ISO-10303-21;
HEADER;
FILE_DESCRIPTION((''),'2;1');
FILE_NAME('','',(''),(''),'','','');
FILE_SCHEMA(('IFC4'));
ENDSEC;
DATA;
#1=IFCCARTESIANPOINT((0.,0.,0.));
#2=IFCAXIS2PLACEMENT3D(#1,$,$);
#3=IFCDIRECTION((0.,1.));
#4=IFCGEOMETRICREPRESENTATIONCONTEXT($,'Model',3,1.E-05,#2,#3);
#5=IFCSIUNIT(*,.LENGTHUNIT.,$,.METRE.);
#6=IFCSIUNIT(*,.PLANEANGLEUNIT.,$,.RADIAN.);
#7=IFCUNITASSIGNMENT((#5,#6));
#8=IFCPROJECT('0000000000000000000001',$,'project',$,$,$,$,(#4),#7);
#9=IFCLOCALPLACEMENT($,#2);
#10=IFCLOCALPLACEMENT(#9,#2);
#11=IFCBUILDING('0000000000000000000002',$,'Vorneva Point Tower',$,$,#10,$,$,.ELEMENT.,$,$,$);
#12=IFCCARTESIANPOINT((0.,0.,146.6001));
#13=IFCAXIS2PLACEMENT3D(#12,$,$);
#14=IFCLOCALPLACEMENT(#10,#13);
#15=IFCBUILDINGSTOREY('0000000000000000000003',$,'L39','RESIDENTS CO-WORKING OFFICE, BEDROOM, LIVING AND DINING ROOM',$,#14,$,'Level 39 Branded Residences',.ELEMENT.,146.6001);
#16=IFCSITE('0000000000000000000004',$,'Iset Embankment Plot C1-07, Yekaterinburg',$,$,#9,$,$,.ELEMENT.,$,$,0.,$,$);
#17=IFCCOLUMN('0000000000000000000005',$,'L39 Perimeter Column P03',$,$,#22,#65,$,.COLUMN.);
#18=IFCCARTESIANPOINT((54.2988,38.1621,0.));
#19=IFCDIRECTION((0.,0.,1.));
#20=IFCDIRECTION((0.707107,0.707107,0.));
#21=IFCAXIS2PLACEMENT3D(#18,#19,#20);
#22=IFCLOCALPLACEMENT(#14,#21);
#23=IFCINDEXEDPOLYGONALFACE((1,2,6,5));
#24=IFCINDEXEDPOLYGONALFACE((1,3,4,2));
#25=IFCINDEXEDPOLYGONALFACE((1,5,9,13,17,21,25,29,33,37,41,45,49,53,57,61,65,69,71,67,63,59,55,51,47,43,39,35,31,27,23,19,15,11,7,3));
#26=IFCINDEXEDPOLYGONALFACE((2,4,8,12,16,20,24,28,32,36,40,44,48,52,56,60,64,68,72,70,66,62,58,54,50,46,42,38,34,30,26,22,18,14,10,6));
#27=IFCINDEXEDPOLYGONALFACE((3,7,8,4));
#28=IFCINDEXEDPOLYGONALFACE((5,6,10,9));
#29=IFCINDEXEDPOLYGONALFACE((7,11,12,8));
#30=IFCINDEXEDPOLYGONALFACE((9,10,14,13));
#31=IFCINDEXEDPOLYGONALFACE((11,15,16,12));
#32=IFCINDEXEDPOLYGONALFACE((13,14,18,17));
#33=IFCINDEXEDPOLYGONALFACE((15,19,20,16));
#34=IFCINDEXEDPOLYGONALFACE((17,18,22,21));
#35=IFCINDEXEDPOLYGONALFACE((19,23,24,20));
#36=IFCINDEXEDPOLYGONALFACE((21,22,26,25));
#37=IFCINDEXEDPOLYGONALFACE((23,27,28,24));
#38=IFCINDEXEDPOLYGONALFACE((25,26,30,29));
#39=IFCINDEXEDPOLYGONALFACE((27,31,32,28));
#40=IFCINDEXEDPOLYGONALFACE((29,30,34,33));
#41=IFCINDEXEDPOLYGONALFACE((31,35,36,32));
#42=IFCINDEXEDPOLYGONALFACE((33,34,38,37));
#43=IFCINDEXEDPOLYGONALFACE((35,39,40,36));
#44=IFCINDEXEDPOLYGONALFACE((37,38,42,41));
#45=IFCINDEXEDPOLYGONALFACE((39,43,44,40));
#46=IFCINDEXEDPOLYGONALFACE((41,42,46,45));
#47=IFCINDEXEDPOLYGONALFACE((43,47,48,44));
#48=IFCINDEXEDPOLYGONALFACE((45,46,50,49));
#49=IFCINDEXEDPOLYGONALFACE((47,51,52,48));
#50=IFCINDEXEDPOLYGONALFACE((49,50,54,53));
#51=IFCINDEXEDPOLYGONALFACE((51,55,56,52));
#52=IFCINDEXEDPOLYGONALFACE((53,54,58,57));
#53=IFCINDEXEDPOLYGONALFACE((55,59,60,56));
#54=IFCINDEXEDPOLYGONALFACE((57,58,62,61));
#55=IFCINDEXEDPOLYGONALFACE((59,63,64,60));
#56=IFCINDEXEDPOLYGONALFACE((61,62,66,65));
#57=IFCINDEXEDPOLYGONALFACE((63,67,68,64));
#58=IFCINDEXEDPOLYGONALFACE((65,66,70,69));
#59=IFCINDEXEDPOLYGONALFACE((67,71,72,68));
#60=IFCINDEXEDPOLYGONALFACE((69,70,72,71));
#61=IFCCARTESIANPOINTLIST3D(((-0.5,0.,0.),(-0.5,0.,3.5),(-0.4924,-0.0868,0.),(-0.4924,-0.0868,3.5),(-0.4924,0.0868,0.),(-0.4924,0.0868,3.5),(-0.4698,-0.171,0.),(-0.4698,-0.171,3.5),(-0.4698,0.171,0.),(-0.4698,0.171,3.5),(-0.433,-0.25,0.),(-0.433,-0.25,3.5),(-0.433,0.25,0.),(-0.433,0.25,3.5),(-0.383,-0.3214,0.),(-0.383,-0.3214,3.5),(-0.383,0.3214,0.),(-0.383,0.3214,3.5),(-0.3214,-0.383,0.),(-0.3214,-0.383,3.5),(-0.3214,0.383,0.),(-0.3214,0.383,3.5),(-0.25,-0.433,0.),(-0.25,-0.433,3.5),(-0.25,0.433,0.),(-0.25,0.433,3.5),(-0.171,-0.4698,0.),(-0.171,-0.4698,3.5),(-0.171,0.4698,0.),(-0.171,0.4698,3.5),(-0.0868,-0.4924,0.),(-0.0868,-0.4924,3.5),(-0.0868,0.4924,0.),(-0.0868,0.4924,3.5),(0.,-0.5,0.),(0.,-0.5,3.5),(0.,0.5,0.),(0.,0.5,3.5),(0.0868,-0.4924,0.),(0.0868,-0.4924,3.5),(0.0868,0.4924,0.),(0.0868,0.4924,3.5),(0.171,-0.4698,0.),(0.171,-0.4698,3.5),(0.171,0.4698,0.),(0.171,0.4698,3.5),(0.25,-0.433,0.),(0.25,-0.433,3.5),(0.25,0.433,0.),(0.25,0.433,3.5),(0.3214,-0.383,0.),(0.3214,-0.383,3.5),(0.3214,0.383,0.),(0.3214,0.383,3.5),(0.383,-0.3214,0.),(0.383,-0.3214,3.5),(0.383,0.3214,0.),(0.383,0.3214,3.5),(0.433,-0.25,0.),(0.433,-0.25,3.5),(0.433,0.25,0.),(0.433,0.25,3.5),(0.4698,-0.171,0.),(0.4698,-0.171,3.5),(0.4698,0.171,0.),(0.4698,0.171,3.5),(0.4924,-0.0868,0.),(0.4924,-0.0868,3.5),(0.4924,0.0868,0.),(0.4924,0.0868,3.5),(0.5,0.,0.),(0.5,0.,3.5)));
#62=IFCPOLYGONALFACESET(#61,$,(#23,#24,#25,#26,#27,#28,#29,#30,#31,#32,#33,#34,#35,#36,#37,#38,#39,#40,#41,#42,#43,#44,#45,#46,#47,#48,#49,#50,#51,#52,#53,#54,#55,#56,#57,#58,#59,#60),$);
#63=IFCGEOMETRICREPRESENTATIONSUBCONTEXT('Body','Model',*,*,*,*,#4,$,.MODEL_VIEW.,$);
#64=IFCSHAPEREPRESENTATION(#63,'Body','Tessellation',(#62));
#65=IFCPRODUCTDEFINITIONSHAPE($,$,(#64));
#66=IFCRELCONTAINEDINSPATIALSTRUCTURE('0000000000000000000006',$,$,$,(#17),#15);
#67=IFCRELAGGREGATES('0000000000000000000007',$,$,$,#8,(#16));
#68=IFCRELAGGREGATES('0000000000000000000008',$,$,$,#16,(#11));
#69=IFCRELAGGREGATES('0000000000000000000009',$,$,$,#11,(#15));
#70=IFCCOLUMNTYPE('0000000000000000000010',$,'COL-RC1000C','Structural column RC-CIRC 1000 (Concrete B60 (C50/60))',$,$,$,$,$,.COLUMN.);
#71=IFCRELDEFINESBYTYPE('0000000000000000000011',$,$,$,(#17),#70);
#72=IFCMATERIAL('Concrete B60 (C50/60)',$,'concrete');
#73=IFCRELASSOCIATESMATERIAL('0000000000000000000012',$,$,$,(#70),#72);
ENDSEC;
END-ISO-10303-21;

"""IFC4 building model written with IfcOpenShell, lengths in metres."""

from ifc_helpers import new_model, si_unit, direction, frame, origin, origin_2d, place, context, subcontext, project, spatial, circle, extrude, material, material_profile, profile_set, type_object, element, save


model = new_model("IFC4")

# Units and contexts
model_context = context("Model", 3, precision=1e-05, world=origin(), true_north=direction((0.0, 1.0)))
body_context = subcontext(model_context, "Body", "Model", "MODEL_VIEW")
ifc_project = project(units=[si_unit("LENGTHUNIT", "METRE"), si_unit("PLANEANGLEUNIT", "RADIAN")], contexts=[model_context])

# Site, building, storey
site_placement = place(None, origin())
site = spatial("IfcSite", under=ifc_project, at=site_placement, Name="Iset Embankment Plot C1-07, Yekaterinburg", CompositionType="ELEMENT", RefElevation=0.0)
building_placement = place(site_placement, origin())
building = spatial("IfcBuilding", under=site, at=building_placement, Name="Vorneva Point Tower", CompositionType="ELEMENT")
storey_placement = place(building_placement, frame((0.0, 0.0, 146.6001)))
storey = spatial("IfcBuildingStorey", under=building, at=storey_placement, Name="L39", Description="RESIDENTS CO-WORKING OFFICE, BEDROOM, LIVING AND DINING ROOM", LongName="Level 39 Branded Residences", CompositionType="ELEMENT", Elevation=146.6001)

# Column
ifc_material_1 = material(Name="Concrete B60 (C50/60)", Category="concrete")
ifc_material_profile_1 = material_profile(ifc_material_1, circle(Radius=0.5, at=origin_2d()), Name="RC-CIRC 1000")
ifc_profile_set_1 = profile_set([ifc_material_profile_1], Name="Concrete B60 (C50/60)")
column_type = type_object("IfcColumnType", Name="COL-RC1000C", Description="Structural column RC-CIRC 1000 (Concrete B60 (C50/60))", PredefinedType="COLUMN", material=ifc_profile_set_1)
column_placement = place(storey_placement, frame((54.2988, 38.1621, 0.0), z_axis=(0.0, 0.0, 1.0), x_axis=(0.707107, 0.707107, 0.0)))
element("IfcColumn", 1, at=column_placement, inside=storey, type_object=column_type, Name="L39 Perimeter Column P03", PredefinedType="COLUMN", context=body_context, shape_type="SweptSolid", body=[
    extrude(circle(Radius=0.5, at=origin_2d()), origin(), (0.0, 0.0, 1.0), 3.5),
])

save(model, "model.ifc")
